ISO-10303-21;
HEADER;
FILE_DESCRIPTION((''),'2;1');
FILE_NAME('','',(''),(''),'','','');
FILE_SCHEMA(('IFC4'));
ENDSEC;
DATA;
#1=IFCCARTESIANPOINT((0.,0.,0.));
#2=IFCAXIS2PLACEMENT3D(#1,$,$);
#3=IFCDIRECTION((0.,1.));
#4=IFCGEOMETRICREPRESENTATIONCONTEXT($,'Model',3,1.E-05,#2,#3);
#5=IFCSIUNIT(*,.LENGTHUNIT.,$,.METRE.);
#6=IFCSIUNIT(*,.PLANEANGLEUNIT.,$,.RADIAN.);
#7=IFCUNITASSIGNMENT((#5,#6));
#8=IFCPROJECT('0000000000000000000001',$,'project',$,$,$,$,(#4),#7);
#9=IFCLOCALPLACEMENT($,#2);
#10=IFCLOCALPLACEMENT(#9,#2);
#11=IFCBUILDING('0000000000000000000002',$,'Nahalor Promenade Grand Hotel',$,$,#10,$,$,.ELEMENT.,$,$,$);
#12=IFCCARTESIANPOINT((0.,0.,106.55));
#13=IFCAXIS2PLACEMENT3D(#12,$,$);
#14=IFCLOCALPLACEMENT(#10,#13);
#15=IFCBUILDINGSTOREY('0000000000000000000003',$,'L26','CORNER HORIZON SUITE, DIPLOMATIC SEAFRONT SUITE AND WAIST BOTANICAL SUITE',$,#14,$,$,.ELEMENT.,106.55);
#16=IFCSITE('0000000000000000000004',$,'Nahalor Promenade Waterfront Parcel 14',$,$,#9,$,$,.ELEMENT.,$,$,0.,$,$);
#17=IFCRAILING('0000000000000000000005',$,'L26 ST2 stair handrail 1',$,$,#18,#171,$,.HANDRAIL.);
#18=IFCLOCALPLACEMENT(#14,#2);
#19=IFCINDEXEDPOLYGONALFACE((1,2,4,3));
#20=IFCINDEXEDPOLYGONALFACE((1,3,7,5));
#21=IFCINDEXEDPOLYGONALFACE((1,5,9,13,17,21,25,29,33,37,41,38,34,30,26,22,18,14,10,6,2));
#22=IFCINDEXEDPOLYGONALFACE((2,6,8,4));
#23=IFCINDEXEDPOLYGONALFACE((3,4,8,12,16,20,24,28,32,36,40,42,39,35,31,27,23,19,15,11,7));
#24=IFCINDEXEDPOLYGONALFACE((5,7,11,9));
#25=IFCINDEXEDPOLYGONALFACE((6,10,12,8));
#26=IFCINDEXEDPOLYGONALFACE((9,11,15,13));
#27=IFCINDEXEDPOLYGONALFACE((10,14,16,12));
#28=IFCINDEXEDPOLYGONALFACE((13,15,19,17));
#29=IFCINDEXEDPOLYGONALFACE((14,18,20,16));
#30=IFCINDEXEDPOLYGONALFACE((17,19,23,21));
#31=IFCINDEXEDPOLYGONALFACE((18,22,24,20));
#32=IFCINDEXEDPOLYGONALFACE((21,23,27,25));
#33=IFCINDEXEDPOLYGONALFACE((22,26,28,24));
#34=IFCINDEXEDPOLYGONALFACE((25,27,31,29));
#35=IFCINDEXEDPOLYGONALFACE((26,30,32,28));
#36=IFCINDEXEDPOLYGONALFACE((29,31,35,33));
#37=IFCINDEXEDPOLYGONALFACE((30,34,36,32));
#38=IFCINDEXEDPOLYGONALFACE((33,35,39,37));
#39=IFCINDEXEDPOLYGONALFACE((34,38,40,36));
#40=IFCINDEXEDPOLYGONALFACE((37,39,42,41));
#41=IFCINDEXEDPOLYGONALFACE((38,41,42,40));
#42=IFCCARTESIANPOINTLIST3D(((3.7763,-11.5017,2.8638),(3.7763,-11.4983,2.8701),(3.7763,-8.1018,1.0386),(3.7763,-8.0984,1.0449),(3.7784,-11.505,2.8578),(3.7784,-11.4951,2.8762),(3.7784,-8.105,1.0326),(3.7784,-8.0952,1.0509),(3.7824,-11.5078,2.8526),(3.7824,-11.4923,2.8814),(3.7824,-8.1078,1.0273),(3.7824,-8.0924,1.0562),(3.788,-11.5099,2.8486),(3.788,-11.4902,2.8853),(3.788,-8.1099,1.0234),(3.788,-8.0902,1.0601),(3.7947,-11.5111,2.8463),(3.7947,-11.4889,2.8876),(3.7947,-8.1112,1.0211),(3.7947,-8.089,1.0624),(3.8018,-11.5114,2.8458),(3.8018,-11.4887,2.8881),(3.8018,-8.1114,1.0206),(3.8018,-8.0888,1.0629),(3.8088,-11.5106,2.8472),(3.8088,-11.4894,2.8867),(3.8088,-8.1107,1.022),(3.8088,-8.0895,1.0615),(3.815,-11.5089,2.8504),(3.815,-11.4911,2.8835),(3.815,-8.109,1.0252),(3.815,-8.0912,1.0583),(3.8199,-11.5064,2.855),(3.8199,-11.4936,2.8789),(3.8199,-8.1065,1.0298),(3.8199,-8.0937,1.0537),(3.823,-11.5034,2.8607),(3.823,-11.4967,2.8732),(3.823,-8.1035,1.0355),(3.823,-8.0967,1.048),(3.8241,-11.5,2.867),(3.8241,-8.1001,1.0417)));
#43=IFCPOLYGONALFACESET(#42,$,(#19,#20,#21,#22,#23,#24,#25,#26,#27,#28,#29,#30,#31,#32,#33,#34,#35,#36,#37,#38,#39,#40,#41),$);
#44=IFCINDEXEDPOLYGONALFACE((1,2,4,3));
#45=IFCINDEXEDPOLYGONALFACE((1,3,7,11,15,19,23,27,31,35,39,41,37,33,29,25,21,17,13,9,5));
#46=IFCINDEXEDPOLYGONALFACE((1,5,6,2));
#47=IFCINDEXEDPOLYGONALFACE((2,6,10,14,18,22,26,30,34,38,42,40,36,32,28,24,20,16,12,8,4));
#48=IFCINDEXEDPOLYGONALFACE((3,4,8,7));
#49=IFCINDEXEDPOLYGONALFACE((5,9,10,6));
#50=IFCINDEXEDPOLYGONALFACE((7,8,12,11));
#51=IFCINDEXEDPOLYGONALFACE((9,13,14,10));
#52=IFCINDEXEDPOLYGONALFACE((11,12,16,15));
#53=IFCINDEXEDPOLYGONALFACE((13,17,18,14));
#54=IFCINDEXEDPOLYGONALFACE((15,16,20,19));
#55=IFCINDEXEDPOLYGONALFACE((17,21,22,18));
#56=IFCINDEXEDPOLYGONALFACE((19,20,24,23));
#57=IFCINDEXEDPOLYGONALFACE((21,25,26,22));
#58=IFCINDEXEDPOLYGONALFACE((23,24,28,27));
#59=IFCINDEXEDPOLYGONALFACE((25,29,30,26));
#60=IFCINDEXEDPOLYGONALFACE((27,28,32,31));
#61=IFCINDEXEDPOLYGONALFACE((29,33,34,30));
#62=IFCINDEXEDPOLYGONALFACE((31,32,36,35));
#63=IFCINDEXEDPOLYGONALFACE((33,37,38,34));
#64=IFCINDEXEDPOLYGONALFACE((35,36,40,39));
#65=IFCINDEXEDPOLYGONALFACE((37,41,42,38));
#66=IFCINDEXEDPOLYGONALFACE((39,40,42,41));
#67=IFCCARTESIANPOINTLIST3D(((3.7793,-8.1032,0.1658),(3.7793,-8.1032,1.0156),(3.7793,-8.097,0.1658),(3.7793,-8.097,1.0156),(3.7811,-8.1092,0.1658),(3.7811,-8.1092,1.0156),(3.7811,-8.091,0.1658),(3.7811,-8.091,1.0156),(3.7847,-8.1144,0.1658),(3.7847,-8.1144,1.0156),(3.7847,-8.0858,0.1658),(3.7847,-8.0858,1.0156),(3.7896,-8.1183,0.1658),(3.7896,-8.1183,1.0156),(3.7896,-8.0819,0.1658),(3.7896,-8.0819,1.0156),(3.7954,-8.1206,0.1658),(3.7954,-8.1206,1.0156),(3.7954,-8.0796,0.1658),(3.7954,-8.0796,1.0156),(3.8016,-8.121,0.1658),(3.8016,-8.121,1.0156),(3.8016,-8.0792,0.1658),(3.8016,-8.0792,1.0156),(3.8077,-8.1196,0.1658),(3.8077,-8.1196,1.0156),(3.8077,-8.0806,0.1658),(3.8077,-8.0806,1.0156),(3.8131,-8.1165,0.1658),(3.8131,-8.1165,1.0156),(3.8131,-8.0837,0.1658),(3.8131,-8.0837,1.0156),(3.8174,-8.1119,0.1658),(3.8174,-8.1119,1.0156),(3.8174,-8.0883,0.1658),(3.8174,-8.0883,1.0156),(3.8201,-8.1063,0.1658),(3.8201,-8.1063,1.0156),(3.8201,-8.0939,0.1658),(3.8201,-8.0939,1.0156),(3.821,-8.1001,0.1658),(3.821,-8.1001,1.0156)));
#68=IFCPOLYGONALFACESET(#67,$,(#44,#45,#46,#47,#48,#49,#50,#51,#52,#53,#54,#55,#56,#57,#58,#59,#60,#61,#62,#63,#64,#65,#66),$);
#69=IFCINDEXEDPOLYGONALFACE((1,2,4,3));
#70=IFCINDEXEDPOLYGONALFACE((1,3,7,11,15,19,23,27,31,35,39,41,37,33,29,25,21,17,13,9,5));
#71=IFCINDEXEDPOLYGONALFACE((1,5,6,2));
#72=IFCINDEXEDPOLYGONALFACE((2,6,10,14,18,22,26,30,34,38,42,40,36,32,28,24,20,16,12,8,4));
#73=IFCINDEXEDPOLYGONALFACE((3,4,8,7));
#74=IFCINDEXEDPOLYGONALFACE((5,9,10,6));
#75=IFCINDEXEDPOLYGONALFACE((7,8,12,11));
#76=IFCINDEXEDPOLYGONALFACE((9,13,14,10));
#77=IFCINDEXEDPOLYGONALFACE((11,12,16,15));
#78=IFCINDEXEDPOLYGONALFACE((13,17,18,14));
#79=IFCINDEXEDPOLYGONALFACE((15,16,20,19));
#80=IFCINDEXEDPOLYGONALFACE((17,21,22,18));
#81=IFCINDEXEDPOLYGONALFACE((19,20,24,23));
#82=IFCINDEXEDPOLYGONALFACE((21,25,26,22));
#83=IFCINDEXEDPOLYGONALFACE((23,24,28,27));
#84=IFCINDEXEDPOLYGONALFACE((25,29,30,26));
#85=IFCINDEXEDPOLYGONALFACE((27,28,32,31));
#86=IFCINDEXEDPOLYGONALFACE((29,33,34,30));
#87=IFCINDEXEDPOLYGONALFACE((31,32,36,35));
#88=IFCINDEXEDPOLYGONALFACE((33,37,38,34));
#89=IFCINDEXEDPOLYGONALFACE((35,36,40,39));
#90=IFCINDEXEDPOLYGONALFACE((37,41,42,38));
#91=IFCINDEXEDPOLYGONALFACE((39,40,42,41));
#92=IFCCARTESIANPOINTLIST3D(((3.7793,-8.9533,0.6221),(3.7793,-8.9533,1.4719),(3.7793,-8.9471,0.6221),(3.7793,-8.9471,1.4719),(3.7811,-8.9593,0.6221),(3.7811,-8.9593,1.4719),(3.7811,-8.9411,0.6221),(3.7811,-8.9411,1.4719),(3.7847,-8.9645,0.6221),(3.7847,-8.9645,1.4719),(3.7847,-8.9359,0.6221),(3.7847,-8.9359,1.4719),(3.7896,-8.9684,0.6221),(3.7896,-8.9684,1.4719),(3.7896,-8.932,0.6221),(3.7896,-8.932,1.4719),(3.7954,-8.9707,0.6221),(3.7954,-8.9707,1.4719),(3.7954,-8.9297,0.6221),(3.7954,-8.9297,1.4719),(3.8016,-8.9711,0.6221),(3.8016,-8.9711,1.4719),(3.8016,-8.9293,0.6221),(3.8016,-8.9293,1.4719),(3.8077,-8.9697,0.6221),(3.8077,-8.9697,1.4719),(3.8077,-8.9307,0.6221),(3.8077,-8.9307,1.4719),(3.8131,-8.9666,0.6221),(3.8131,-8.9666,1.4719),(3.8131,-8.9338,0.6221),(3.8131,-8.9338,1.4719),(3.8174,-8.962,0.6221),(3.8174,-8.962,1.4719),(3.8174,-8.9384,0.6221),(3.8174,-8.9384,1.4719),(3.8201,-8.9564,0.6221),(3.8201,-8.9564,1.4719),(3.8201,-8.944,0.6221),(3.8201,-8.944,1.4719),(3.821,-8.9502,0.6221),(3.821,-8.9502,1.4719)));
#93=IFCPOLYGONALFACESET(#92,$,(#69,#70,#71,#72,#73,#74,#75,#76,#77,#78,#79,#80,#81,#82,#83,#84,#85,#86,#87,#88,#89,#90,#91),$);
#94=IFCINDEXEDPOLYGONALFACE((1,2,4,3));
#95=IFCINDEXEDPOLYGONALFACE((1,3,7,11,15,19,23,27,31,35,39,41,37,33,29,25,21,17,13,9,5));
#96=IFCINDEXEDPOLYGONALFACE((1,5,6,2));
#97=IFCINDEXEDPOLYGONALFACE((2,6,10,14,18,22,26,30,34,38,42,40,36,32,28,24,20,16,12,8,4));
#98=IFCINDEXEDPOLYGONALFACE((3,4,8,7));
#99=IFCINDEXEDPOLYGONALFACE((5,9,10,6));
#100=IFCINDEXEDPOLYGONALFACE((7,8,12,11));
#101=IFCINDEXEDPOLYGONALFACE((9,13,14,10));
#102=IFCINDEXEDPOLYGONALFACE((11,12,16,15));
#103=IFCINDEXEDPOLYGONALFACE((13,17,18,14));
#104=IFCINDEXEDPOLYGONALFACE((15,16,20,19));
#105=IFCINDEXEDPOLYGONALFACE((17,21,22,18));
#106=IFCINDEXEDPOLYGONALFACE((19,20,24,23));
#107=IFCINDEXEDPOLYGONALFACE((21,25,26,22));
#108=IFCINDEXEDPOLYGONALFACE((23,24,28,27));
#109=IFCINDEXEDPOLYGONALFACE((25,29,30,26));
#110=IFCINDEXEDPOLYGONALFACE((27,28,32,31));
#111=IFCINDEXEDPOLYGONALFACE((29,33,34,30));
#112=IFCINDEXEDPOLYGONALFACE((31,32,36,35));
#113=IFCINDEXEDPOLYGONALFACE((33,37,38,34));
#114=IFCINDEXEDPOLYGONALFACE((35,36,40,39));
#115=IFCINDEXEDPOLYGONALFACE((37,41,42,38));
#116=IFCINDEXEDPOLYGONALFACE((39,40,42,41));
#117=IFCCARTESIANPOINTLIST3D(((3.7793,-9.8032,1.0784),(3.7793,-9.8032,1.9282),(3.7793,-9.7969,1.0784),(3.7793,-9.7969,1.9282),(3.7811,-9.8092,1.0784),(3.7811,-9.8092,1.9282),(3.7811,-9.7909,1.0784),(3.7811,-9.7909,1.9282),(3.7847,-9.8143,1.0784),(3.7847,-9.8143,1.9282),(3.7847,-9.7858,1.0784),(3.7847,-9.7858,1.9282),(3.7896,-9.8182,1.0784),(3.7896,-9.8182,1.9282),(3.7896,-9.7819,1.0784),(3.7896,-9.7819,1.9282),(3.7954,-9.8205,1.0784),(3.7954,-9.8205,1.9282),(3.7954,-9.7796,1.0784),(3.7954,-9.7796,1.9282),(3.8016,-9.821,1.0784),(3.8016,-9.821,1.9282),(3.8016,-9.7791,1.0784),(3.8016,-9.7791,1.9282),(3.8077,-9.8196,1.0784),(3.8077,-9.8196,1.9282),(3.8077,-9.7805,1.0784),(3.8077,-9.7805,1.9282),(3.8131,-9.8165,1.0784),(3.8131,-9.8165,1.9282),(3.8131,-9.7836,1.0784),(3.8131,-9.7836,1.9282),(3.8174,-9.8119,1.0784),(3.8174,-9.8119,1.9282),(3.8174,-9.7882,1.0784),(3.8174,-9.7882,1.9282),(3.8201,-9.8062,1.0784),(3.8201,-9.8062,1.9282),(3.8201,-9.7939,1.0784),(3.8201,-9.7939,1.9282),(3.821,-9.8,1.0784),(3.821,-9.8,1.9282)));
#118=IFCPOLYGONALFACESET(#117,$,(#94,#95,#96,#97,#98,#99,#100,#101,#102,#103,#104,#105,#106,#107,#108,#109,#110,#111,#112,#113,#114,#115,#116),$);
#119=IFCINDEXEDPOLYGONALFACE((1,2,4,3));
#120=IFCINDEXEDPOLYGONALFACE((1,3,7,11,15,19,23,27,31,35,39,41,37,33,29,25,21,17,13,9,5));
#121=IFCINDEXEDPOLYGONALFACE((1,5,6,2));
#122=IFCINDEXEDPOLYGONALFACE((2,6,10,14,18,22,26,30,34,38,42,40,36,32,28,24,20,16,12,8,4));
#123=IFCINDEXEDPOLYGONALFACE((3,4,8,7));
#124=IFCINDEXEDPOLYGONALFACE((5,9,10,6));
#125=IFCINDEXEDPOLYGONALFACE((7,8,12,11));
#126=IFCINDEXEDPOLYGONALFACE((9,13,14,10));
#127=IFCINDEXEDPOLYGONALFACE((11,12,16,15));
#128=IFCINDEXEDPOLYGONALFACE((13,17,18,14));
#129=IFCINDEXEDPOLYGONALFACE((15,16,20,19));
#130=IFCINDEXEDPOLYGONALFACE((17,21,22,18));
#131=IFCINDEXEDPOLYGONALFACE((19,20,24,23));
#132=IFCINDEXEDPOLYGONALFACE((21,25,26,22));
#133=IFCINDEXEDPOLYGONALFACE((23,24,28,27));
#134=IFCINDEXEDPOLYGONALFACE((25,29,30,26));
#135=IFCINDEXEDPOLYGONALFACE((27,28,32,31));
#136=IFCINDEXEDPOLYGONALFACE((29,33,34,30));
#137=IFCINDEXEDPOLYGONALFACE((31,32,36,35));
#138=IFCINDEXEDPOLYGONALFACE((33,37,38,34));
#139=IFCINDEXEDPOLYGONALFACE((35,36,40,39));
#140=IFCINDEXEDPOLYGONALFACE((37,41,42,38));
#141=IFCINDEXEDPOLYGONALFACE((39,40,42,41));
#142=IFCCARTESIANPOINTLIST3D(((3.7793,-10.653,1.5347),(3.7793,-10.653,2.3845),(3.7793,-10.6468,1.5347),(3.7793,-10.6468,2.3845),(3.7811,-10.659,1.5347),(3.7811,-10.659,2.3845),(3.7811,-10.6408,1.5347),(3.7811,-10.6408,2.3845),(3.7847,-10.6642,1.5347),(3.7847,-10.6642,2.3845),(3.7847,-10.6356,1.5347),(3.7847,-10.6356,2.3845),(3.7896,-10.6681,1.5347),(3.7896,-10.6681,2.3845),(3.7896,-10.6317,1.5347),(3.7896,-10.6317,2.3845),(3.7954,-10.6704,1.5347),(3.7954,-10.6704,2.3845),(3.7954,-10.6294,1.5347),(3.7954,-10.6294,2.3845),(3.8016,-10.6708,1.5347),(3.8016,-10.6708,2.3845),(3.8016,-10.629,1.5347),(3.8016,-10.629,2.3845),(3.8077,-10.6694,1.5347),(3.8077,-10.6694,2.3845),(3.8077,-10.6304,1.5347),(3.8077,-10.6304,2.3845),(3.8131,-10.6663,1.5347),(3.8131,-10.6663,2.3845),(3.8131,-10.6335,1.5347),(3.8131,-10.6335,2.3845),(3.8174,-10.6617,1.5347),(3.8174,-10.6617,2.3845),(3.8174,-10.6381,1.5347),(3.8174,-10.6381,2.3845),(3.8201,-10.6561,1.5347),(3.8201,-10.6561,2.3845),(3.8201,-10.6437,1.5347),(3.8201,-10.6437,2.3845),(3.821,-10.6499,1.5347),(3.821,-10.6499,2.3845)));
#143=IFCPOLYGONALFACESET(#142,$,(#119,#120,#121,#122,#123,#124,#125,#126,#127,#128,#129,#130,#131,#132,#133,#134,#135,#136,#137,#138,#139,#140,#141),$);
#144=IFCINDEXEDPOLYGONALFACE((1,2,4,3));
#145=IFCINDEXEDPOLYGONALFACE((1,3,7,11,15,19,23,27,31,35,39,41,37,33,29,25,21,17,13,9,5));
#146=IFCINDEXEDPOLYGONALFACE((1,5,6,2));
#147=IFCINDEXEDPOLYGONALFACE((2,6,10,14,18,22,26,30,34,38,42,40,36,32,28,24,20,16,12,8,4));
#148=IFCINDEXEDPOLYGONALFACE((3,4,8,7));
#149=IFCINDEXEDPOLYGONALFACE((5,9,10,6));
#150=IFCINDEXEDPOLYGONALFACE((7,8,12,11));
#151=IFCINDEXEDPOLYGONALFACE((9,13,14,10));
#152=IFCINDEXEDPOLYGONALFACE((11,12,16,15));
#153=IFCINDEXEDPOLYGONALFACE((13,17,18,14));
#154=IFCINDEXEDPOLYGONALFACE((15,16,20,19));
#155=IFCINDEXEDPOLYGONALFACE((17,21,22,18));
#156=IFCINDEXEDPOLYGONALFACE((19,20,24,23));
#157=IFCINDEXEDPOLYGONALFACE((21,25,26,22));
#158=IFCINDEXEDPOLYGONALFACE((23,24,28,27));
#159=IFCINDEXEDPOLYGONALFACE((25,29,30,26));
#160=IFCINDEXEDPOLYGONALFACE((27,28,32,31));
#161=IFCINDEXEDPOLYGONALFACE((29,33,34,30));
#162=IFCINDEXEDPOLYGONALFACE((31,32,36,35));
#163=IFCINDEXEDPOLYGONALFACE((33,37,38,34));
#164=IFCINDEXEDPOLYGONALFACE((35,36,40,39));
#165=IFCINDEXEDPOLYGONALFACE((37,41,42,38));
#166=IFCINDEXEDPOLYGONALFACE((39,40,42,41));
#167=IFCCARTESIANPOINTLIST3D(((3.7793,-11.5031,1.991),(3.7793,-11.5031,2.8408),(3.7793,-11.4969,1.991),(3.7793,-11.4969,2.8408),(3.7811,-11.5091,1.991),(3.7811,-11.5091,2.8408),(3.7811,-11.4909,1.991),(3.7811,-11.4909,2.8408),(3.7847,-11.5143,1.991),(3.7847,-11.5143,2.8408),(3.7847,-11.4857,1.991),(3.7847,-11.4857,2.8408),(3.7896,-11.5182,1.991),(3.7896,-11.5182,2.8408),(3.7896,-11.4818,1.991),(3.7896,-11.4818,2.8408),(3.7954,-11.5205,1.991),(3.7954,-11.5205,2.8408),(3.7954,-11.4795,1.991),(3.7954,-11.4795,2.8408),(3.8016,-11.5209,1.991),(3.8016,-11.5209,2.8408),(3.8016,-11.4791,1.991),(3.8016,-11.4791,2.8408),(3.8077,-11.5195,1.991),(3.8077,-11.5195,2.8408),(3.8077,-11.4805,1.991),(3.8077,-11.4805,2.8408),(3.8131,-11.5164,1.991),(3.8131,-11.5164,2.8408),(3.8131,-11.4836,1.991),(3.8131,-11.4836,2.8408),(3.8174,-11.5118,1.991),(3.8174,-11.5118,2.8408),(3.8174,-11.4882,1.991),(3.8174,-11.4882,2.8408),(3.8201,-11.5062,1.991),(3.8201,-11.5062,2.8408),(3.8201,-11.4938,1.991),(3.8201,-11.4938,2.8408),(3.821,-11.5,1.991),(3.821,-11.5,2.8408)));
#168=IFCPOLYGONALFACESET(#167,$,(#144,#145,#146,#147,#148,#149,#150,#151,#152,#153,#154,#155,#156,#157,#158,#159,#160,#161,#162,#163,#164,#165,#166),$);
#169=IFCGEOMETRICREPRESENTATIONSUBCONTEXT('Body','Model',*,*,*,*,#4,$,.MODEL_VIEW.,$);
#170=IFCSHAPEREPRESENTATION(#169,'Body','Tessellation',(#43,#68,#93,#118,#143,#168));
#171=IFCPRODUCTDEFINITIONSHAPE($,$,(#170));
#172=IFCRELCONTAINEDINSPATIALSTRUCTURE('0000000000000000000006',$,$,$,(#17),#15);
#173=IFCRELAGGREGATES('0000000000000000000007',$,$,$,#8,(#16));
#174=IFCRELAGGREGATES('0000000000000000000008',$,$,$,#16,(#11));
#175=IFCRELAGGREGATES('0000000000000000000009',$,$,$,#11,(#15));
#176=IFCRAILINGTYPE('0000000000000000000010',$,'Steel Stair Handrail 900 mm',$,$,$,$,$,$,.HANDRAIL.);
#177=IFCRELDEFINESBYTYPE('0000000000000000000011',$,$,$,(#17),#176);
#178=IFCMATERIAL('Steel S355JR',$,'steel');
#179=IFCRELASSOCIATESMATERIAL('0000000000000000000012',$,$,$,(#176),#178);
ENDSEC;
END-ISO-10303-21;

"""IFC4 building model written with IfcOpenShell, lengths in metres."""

from ifc_helpers import new_model, si_unit, direction, frame, origin, origin_2d, place, context, subcontext, project, spatial, circle, extrude, material, type_object, element, save


model = new_model("IFC4")

# Units and contexts
model_context = context("Model", 3, precision=1e-05, world=origin(), true_north=direction((0.0, 1.0)))
body_context = subcontext(model_context, "Body", "Model", "MODEL_VIEW")
ifc_project = project(units=[si_unit("LENGTHUNIT", "METRE"), si_unit("PLANEANGLEUNIT", "RADIAN")], contexts=[model_context])

# Site, building, storey
site_placement = place(None, origin())
site = spatial("IfcSite", under=ifc_project, at=site_placement, Name="Nahalor Promenade Waterfront Parcel 14", CompositionType="ELEMENT", RefElevation=0.0)
building_placement = place(site_placement, origin())
building = spatial("IfcBuilding", under=site, at=building_placement, Name="Nahalor Promenade Grand Hotel", CompositionType="ELEMENT")
storey_placement = place(building_placement, frame((0.0, 0.0, 106.55)))
storey = spatial("IfcBuildingStorey", under=building, at=storey_placement, Name="L26", Description="CORNER HORIZON SUITE, DIPLOMATIC SEAFRONT SUITE AND WAIST BOTANICAL SUITE", CompositionType="ELEMENT", Elevation=106.55)

# Shared definitions
ifc_material_1 = material(Name="Steel S355JR", Category="steel")

# Railing
railing_type_1 = type_object("IfcRailingType", Name="Steel Stair Handrail 900 mm", PredefinedType="HANDRAIL", material=ifc_material_1)
railing_1_placement = place(storey_placement, frame((3.8, -8.1001, 0.1658)))
element("IfcRailing", 1, at=railing_1_placement, inside=storey, type_object=railing_type_1, Name="L26 ST2 stair handrail 1", PredefinedType="HANDRAIL", context=body_context, shape_type="SweptSolid", body=[
    extrude(circle(Radius=0.024, at=origin_2d()), frame((0.0, 0.0, 0.876), z_axis=(0.0, -0.881068, 0.47299), x_axis=(1.0, 0.0, 0.0)), (0.0, 0.0, 1.0), 3.8589),
    extrude(circle(Radius=0.021, at=origin_2d()), origin(), (0.0, 0.0, 1.0), 0.8499),
    extrude(circle(Radius=0.021, at=origin_2d()), frame((0.0, -0.8501, 0.4563)), (0.0, 0.0, 1.0), 0.8499),
    extrude(circle(Radius=0.021, at=origin_2d()), frame((0.0, -1.7, 0.9126)), (0.0, 0.0, 1.0), 0.8499),
    extrude(circle(Radius=0.021, at=origin_2d()), frame((0.0, -2.5498, 1.3689)), (0.0, 0.0, 1.0), 0.8499),
    extrude(circle(Radius=0.021, at=origin_2d()), frame((0.0, -3.3999, 1.8252)), (0.0, 0.0, 1.0), 0.8499),
])

save(model, "model.ifc")
